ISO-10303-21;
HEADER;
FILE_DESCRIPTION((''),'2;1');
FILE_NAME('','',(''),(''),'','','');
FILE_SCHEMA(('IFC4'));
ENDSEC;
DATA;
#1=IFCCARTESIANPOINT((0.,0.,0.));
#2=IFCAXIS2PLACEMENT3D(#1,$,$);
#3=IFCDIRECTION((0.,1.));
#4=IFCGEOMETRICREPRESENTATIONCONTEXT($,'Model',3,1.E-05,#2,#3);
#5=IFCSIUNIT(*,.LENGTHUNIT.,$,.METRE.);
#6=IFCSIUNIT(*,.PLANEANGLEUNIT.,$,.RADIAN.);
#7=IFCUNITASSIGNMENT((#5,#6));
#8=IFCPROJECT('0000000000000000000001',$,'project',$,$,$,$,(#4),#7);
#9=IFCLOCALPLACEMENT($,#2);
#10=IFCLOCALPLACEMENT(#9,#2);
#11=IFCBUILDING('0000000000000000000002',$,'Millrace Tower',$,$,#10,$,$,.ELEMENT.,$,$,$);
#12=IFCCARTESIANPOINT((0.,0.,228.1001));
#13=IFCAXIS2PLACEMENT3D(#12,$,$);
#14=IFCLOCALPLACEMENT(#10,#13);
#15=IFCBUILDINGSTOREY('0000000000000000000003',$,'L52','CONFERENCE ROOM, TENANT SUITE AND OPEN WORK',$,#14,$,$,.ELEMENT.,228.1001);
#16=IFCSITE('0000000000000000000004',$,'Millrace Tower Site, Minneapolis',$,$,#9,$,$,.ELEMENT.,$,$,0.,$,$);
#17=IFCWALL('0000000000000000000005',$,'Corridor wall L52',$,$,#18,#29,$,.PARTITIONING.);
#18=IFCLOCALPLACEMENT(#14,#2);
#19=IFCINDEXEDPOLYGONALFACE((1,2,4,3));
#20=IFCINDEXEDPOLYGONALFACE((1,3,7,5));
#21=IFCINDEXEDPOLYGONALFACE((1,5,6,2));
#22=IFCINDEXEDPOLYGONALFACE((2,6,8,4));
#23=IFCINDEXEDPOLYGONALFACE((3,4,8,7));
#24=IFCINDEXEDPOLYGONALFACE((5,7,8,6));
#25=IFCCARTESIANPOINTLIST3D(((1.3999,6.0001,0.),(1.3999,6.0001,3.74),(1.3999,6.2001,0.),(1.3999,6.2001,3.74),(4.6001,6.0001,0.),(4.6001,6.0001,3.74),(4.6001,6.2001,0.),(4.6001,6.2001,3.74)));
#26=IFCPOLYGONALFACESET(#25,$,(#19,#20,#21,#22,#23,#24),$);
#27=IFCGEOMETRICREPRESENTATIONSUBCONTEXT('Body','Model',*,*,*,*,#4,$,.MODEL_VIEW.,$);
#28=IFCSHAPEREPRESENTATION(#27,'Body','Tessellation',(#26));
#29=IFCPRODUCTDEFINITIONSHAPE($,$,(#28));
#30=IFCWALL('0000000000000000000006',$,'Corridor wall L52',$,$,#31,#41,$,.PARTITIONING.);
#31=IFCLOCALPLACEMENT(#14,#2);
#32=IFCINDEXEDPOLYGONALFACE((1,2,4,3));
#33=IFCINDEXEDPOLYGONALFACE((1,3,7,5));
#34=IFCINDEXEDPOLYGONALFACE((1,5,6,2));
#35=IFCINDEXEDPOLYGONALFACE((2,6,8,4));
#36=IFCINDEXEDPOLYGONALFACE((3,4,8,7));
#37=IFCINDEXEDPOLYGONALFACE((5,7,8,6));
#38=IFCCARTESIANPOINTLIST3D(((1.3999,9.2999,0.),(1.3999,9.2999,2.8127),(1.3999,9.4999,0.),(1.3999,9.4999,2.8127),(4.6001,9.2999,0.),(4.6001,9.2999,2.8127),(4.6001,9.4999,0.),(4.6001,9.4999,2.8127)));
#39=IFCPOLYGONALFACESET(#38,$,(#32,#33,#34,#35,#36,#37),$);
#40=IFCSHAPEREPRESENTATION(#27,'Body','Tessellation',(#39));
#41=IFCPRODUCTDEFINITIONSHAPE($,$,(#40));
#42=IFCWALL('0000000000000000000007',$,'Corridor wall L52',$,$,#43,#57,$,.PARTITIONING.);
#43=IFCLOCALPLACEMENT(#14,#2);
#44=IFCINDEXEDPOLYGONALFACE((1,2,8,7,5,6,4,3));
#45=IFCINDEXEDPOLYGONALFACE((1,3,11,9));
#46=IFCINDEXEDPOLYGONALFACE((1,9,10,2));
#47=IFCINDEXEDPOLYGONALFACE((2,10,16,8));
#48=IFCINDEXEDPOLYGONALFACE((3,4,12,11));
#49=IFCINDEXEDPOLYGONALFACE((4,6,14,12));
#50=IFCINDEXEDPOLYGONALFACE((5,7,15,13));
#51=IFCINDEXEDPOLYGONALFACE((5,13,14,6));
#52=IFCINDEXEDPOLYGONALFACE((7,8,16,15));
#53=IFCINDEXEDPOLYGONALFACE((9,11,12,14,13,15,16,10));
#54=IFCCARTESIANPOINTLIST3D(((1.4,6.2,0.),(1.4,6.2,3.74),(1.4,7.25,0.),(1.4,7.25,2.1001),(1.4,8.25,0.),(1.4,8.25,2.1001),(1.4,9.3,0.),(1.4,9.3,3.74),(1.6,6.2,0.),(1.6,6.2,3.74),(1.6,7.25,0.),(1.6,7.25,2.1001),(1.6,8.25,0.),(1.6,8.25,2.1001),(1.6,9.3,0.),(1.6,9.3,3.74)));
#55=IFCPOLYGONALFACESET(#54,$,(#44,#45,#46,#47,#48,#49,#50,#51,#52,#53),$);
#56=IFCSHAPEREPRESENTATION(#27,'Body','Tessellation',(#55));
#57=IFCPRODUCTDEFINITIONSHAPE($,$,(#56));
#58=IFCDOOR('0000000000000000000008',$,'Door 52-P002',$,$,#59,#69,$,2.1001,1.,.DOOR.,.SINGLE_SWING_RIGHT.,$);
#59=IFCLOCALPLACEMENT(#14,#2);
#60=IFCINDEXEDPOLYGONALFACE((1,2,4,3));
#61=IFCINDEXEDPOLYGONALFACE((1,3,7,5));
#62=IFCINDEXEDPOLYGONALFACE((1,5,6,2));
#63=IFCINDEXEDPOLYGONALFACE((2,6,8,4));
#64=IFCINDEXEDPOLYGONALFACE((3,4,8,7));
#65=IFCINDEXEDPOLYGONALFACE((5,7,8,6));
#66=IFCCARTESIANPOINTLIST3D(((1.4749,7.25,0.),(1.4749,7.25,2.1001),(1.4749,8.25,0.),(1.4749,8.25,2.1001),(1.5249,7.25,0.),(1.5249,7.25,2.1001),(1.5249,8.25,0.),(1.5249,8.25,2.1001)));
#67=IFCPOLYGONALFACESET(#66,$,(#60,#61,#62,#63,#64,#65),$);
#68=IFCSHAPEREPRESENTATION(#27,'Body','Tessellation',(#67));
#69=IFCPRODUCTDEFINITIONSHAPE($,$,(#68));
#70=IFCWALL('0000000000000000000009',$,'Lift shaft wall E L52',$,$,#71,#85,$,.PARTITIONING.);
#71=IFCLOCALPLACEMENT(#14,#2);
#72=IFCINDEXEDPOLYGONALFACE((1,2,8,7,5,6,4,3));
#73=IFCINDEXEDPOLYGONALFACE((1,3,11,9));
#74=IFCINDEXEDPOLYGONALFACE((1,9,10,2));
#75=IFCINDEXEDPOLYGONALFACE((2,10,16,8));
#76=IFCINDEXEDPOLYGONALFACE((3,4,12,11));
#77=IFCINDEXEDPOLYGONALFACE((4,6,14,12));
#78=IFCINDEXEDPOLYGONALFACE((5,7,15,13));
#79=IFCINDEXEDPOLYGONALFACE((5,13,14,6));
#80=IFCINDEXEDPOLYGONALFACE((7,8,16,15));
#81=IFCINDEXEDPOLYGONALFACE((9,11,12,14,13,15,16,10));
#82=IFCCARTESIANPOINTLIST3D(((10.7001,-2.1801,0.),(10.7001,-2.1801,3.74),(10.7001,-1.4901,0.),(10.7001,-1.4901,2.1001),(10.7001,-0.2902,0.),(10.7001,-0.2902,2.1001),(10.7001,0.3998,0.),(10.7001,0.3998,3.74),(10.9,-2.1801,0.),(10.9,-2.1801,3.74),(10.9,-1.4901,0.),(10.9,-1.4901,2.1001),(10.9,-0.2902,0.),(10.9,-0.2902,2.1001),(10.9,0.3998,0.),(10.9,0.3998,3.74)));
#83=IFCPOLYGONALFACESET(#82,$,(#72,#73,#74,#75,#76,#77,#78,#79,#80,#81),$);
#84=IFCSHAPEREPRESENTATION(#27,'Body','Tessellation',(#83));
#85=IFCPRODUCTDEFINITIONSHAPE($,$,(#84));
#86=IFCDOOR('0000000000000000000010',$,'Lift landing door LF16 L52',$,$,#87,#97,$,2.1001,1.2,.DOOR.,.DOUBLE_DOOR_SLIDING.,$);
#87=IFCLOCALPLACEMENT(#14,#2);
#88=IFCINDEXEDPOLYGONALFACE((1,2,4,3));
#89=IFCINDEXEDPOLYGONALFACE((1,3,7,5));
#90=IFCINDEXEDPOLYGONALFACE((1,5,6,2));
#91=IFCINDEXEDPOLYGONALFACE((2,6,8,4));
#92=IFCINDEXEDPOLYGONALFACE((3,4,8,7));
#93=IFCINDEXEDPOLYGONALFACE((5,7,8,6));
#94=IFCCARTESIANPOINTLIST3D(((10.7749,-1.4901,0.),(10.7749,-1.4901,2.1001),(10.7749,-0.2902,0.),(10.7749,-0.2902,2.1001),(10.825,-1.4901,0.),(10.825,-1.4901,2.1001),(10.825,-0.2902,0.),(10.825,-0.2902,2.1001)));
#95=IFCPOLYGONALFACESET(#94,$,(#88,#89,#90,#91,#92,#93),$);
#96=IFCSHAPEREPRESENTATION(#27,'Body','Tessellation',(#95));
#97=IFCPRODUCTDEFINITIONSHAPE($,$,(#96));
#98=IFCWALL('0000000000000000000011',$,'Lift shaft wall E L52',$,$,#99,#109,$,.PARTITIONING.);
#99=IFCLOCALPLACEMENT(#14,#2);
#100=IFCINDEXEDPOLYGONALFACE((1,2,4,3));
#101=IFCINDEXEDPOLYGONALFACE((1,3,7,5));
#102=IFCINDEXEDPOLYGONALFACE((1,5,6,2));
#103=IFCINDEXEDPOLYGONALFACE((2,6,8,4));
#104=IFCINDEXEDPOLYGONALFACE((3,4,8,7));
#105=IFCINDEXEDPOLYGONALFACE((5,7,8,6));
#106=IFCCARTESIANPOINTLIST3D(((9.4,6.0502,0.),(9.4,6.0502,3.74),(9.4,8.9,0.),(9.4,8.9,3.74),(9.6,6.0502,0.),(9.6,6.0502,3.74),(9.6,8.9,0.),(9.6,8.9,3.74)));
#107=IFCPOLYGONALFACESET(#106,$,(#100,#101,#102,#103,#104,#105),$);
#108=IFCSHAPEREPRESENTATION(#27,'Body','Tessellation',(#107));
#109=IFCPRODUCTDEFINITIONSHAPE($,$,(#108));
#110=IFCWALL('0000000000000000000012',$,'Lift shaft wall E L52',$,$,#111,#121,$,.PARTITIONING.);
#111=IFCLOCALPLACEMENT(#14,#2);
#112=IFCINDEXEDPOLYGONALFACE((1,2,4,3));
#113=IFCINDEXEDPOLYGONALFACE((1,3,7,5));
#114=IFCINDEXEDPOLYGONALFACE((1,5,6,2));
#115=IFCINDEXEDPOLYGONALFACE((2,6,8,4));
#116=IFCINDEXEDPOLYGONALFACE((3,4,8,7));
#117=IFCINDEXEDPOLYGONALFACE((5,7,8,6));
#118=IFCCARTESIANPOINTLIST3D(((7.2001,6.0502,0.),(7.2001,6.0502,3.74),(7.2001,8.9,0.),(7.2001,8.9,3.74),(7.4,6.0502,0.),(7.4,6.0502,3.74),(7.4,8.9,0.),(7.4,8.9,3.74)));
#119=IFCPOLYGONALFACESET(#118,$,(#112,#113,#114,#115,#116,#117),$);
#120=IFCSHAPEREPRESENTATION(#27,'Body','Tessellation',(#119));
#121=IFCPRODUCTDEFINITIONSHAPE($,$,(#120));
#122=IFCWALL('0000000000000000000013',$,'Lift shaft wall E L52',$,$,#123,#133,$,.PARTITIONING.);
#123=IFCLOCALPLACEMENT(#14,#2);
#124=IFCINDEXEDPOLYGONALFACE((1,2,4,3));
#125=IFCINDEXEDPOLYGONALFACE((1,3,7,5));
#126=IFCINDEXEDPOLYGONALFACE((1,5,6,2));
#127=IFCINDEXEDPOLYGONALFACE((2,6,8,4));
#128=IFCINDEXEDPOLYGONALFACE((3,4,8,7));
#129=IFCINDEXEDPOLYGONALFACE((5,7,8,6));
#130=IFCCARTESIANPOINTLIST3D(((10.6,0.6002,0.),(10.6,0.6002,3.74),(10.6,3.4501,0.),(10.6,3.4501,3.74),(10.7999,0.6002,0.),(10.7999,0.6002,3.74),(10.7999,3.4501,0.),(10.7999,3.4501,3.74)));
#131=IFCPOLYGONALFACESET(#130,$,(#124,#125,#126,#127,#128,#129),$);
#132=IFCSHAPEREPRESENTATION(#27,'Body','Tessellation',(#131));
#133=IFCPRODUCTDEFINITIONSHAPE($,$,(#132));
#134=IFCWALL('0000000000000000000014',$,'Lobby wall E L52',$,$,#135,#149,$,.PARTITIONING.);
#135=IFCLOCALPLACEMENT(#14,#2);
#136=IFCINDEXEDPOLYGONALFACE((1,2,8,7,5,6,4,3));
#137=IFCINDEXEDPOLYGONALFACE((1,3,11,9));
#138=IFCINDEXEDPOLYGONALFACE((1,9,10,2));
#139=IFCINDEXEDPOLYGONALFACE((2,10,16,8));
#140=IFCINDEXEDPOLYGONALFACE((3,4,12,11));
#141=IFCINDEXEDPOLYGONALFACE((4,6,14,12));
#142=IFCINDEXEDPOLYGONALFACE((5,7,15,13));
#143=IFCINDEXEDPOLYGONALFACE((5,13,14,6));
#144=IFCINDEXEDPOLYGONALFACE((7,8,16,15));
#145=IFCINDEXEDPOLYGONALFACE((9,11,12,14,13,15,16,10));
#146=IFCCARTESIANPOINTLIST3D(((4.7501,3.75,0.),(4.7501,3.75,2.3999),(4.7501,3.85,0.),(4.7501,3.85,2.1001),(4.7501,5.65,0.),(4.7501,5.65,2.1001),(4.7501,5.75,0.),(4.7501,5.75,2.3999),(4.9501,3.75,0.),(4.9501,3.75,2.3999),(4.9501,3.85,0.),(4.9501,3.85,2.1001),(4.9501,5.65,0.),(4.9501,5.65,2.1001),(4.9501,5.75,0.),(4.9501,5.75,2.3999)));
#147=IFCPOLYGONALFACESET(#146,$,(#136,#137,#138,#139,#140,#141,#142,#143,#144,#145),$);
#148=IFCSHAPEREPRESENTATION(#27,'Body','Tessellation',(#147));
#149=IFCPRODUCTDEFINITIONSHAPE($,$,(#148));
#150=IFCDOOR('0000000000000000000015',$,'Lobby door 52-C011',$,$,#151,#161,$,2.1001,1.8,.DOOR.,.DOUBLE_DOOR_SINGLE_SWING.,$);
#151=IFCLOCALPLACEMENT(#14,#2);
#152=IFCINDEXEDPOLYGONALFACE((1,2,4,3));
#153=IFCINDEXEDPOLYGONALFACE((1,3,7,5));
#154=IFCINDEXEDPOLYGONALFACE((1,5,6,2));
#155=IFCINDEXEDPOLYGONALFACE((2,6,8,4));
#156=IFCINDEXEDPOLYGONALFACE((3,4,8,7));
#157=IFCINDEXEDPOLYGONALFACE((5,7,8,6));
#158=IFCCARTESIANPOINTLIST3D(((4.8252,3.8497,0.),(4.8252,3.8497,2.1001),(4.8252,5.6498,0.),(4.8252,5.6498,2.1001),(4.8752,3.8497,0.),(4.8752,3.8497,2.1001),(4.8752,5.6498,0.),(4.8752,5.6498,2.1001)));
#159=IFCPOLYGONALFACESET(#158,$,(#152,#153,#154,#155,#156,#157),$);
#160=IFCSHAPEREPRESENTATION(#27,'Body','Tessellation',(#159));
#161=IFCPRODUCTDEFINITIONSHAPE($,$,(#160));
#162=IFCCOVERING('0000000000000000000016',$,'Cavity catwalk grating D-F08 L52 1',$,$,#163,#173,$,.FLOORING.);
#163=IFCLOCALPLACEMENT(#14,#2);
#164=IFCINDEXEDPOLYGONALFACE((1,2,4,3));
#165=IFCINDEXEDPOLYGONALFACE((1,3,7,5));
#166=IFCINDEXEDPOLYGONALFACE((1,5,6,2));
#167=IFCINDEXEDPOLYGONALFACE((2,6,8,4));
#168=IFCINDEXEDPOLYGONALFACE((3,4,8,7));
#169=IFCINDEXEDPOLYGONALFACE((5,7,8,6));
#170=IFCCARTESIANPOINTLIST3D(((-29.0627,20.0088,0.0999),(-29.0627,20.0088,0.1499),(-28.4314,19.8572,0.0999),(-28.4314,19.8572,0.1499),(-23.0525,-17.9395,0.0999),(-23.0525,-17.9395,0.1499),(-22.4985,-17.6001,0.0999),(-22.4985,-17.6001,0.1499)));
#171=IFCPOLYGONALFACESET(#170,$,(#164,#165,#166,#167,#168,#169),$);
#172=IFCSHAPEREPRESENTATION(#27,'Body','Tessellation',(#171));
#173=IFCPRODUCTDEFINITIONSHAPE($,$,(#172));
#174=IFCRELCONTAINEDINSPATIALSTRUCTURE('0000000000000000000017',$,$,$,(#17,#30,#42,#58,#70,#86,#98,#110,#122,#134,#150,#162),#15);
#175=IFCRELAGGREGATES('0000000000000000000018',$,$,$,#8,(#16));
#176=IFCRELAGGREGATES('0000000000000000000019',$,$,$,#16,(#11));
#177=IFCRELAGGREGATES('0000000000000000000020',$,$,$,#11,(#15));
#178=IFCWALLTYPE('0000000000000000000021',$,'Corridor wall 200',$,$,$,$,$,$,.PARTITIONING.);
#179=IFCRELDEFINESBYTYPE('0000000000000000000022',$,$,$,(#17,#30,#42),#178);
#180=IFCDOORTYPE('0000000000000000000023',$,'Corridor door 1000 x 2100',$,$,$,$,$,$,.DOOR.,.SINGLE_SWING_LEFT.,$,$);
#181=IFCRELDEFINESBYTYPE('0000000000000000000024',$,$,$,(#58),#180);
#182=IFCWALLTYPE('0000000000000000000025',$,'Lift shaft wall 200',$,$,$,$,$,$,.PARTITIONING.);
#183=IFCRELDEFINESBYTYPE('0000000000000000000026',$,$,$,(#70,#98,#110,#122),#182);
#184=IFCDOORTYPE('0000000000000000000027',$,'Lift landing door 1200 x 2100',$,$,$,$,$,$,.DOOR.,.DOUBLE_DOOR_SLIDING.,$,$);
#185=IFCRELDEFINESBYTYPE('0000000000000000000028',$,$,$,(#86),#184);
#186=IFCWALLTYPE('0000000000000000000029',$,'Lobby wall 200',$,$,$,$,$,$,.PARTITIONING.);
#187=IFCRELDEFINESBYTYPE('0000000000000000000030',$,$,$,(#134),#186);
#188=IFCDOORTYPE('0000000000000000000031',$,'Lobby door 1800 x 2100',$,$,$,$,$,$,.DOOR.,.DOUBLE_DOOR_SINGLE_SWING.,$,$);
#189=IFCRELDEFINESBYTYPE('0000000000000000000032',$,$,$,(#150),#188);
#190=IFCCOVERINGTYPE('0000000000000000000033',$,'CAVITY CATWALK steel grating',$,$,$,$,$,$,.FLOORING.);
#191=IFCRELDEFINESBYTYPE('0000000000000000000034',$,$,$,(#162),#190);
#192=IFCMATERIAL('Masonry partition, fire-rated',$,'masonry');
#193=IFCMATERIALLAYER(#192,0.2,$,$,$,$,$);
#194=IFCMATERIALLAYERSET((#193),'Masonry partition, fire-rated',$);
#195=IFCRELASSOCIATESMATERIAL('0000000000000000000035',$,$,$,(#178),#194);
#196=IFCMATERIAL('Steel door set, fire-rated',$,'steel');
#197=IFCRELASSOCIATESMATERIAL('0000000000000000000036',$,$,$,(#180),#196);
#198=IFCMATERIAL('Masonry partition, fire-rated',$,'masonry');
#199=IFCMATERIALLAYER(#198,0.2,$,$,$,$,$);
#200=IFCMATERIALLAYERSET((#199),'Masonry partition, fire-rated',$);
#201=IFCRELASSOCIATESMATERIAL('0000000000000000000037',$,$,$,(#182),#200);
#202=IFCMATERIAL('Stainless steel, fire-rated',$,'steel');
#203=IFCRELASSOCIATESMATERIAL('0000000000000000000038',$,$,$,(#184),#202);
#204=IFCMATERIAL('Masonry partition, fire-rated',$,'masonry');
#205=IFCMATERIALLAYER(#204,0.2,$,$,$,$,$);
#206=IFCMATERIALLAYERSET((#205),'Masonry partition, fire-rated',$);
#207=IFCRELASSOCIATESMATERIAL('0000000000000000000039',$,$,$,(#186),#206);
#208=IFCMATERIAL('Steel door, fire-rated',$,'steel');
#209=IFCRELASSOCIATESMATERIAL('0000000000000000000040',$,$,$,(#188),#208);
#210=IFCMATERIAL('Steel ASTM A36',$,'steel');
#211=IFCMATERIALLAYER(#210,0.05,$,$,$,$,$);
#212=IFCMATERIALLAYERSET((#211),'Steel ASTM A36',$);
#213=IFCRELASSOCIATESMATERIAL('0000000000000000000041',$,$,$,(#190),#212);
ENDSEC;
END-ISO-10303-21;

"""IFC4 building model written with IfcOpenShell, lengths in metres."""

from ifc_helpers import new_model, si_unit, direction, frame, frame_2d, origin, place, context, subcontext, project, spatial, polyline, rectangle, outline, extrude, material, layer, layer_set, type_object, element, fill, save


model = new_model("IFC4")

# Units and contexts
model_context = context("Model", 3, precision=1e-05, world=origin(), true_north=direction((0.0, 1.0)))
body_context = subcontext(model_context, "Body", "Model", "MODEL_VIEW")
ifc_project = project(units=[si_unit("LENGTHUNIT", "METRE"), si_unit("PLANEANGLEUNIT", "RADIAN")], contexts=[model_context])

# Site, building, storey
site_placement = place(None, origin())
site = spatial("IfcSite", under=ifc_project, at=site_placement, Name="Millrace Tower Site, Minneapolis", CompositionType="ELEMENT", RefElevation=0.0)
building_placement = place(site_placement, origin())
building = spatial("IfcBuilding", under=site, at=building_placement, Name="Millrace Tower", CompositionType="ELEMENT")
storey_placement = place(building_placement, frame((0.0, 0.0, 228.1001)))
storey = spatial("IfcBuildingStorey", under=building, at=storey_placement, Name="L52", Description="CONFERENCE ROOM, TENANT SUITE AND OPEN WORK", CompositionType="ELEMENT", Elevation=228.1001)

# Walls
ifc_material_1 = material(Name="Masonry partition, fire-rated", Category="masonry")
ifc_layer_1 = layer(ifc_material_1, 0.2)
ifc_layer_set_1 = layer_set([ifc_layer_1], Name="Masonry partition, fire-rated")
wall_type_1 = type_object("IfcWallType", Name="Corridor wall 200", PredefinedType="PARTITIONING", material=ifc_layer_set_1)
wall_1_placement = place(storey_placement, frame((1.3999, 6.1001, 0.0), z_axis=(0.0, 0.0, 1.0), x_axis=(1.0, 0.0, 0.0)))
element("IfcWall", 1, at=wall_1_placement, inside=storey, type_object=wall_type_1, Name="Corridor wall L52", PredefinedType="PARTITIONING", context=body_context, shape_type="SweptSolid", body=[
    extrude(rectangle(XDim=3.2002, YDim=0.2, at=frame_2d((1.6001, 0.0))), origin(), (0.0, 0.0, 1.0), 3.74),
])
wall_2_placement = place(storey_placement, frame((1.3999, 9.3999, 0.0), z_axis=(0.0, 0.0, 1.0), x_axis=(1.0, 0.0, 0.0)))
element("IfcWall", 2, at=wall_2_placement, inside=storey, type_object=wall_type_1, Name="Corridor wall L52", PredefinedType="PARTITIONING", context=body_context, shape_type="SweptSolid", body=[
    extrude(rectangle(XDim=3.2002, YDim=0.2, at=frame_2d((1.6001, 0.0))), origin(), (0.0, 0.0, 1.0), 2.8127),
])

# Walls, openings, doors
wall_3_placement = place(storey_placement, frame((1.5, 6.2, 0.0), z_axis=(0.0, 0.0, 1.0), x_axis=(0.0, 1.0, 0.0)))
wall_3 = element("IfcWall", 3, at=wall_3_placement, inside=storey, type_object=wall_type_1, Name="Corridor wall L52", PredefinedType="PARTITIONING", context=body_context, shape_type="SweptSolid", body=[
    extrude(rectangle(XDim=3.1001, YDim=0.2, at=frame_2d((1.55, 0.0))), origin(), (0.0, 0.0, 1.0), 3.74),
])
opening_1_placement = place(wall_3_placement, frame((1.05, 0.0, 0.0)))
opening_1 = element("IfcOpeningElement", 4, at=opening_1_placement, cuts=wall_3, PredefinedType="OPENING", context=body_context, shape_type="SweptSolid", body=[
    extrude(rectangle(XDim=1.0, YDim=2.1001, at=frame_2d((0.5, 1.05))), frame((0.0, 0.1099, 0.0), z_axis=(0.0, -1.0, 0.0), x_axis=(1.0, 0.0, 0.0)), (0.0, 0.0, 1.0), 0.22),
])
ifc_material_2 = material(Name="Steel door set, fire-rated", Category="steel")
door_type_1 = type_object("IfcDoorType", Name="Corridor door 1000 x 2100", OperationType="SINGLE_SWING_LEFT", PredefinedType="DOOR", material=ifc_material_2)
door_1_placement = place(opening_1_placement, frame((1.0, 0.0, 0.0), z_axis=(0.0, 0.0, 1.0), x_axis=(-1.0, 0.0, 0.0)))
door_1 = element("IfcDoor", 5, at=door_1_placement, inside=storey, type_object=door_type_1, Name="Door 52-P002", OperationType="SINGLE_SWING_RIGHT", OverallHeight=2.1001, OverallWidth=1.0, PredefinedType="DOOR", context=body_context, shape_type="SweptSolid", body=[
    extrude(rectangle(XDim=1.0, YDim=2.1001, at=frame_2d((0.5, 1.05))), frame((0.0, 0.0249, 0.0), z_axis=(0.0, -1.0, 0.0), x_axis=(1.0, 0.0, 0.0)), (0.0, 0.0, 1.0), 0.05),
])
fill(opening_1, door_1)
ifc_material_3 = material(Name="Masonry partition, fire-rated", Category="masonry")
ifc_layer_2 = layer(ifc_material_3, 0.2)
ifc_layer_set_2 = layer_set([ifc_layer_2], Name="Masonry partition, fire-rated")
wall_type_2 = type_object("IfcWallType", Name="Lift shaft wall 200", PredefinedType="PARTITIONING", material=ifc_layer_set_2)
wall_4_placement = place(storey_placement, frame((10.8, 0.3999, 0.0), z_axis=(0.0, 0.0, 1.0), x_axis=(0.0, -1.0, 0.0)))
wall_4 = element("IfcWall", 6, at=wall_4_placement, inside=storey, type_object=wall_type_2, Name="Lift shaft wall E L52", PredefinedType="PARTITIONING", context=body_context, shape_type="SweptSolid", body=[
    extrude(rectangle(XDim=2.5798, YDim=0.2, at=frame_2d((1.29, 0.0))), origin(), (0.0, 0.0, 1.0), 3.74),
])
opening_2_placement = place(wall_4_placement, frame((0.6899, 0.0, 0.0)))
opening_2 = element("IfcOpeningElement", 7, at=opening_2_placement, cuts=wall_4, PredefinedType="OPENING", context=body_context, shape_type="SweptSolid", body=[
    extrude(rectangle(XDim=1.2, YDim=2.1001, at=frame_2d((0.6001, 1.05))), frame((0.0, 0.1099, 0.0), z_axis=(0.0, -1.0, 0.0), x_axis=(1.0, 0.0, 0.0)), (0.0, 0.0, 1.0), 0.22),
])
ifc_material_4 = material(Name="Stainless steel, fire-rated", Category="steel")
door_type_2 = type_object("IfcDoorType", Name="Lift landing door 1200 x 2100", OperationType="DOUBLE_DOOR_SLIDING", PredefinedType="DOOR", material=ifc_material_4)
door_2_placement = place(opening_2_placement, origin())
door_2 = element("IfcDoor", 8, at=door_2_placement, inside=storey, type_object=door_type_2, Name="Lift landing door LF16 L52", OperationType="DOUBLE_DOOR_SLIDING", OverallHeight=2.1001, OverallWidth=1.2, PredefinedType="DOOR", context=body_context, shape_type="SweptSolid", body=[
    extrude(rectangle(XDim=1.2, YDim=2.1001, at=frame_2d((0.6001, 1.05))), frame((0.0, 0.0249, 0.0), z_axis=(0.0, -1.0, 0.0), x_axis=(1.0, 0.0, 0.0)), (0.0, 0.0, 1.0), 0.05),
])
fill(opening_2, door_2)

# Walls
for number, where, z_axis, x_axis, name in (
    (9, (9.5, 8.8999, 0.0), (0.0, 0.0, 1.0), (0.0, -1.0, 0.0), "Lift shaft wall E L52"),
    (10, (7.3, 8.8999, 0.0), (0.0, 0.0, 1.0), (0.0, -1.0, 0.0), "Lift shaft wall E L52"),
    (11, (10.7, 3.45, 0.0), (0.0, 0.0, 1.0), (0.0, -1.0, 0.0), "Lift shaft wall E L52"),
):
    element("IfcWall", number, at=place(storey_placement, frame(where, z_axis=z_axis, x_axis=x_axis)), inside=storey, type_object=wall_type_2, Name=name, PredefinedType="PARTITIONING", context=body_context, shape_type="SweptSolid", body=[
        extrude(rectangle(XDim=2.8499, YDim=0.2, at=frame_2d((1.4248, 0.0))), origin(), (0.0, 0.0, 1.0), 3.74),
    ])

# Wall, opening, door
ifc_material_5 = material(Name="Masonry partition, fire-rated", Category="masonry")
ifc_layer_3 = layer(ifc_material_5, 0.2)
ifc_layer_set_3 = layer_set([ifc_layer_3], Name="Masonry partition, fire-rated")
wall_type_3 = type_object("IfcWallType", Name="Lobby wall 200", PredefinedType="PARTITIONING", material=ifc_layer_set_3)
wall_5_placement = place(storey_placement, frame((4.8501, 5.75, 0.0), z_axis=(0.0, 0.0, 1.0), x_axis=(0.0, -1.0, 0.0)))
wall_5 = element("IfcWall", 12, at=wall_5_placement, inside=storey, type_object=wall_type_3, Name="Lobby wall E L52", PredefinedType="PARTITIONING", context=body_context, shape_type="SweptSolid", body=[
    extrude(rectangle(XDim=2.0, YDim=0.2, at=frame_2d((1.0, 0.0))), origin(), (0.0, 0.0, 1.0), 2.3999),
])
opening_3_placement = place(wall_5_placement, frame((0.1001, 0.0, 0.0)))
opening_3 = element("IfcOpeningElement", 13, at=opening_3_placement, cuts=wall_5, PredefinedType="OPENING", context=body_context, shape_type="SweptSolid", body=[
    extrude(rectangle(XDim=1.8, YDim=2.1001, at=frame_2d((0.8999, 1.05))), frame((0.0, 0.1099, 0.0), z_axis=(0.0, -1.0, 0.0), x_axis=(1.0, 0.0, 0.0)), (0.0, 0.0, 1.0), 0.22),
])
ifc_material_6 = material(Name="Steel door, fire-rated", Category="steel")
door_type_3 = type_object("IfcDoorType", Name="Lobby door 1800 x 2100", OperationType="DOUBLE_DOOR_SINGLE_SWING", PredefinedType="DOOR", material=ifc_material_6)
door_3_placement = place(opening_3_placement, frame((1.8, 0.0, 0.0), z_axis=(0.0, 0.0, 1.0), x_axis=(-1.0, 0.0, 0.0)))
door_3 = element("IfcDoor", 14, at=door_3_placement, inside=storey, type_object=door_type_3, Name="Lobby door 52-C011", OperationType="DOUBLE_DOOR_SINGLE_SWING", OverallHeight=2.1001, OverallWidth=1.8, PredefinedType="DOOR", context=body_context, shape_type="SweptSolid", body=[
    extrude(rectangle(XDim=1.8, YDim=2.1001, at=frame_2d((0.8999, 1.05))), frame((0.0, 0.0249, 0.0), z_axis=(0.0, -1.0, 0.0), x_axis=(1.0, 0.0, 0.0)), (0.0, 0.0, 1.0), 0.05),
])
fill(opening_3, door_3)

# Covering
ifc_material_7 = material(Name="Steel ASTM A36", Category="steel")
ifc_layer_4 = layer(ifc_material_7, 0.05)
ifc_layer_set_4 = layer_set([ifc_layer_4], Name="Steel ASTM A36")
covering_type = type_object("IfcCoveringType", Name="CAVITY CATWALK steel grating", PredefinedType="FLOORING", material=ifc_layer_set_4)
covering_placement = place(storey_placement, frame((0.0, 0.0, 0.0999)))
element("IfcCovering", 15, at=covering_placement, inside=storey, type_object=covering_type, Name="Cavity catwalk grating D-F08 L52 1", PredefinedType="FLOORING", context=body_context, shape_type="SweptSolid", body=[
    extrude(outline(polyline([(-29.0627, 20.0088), (-23.0525, -17.9395), (-22.4985, -17.6001), (-28.4314, 19.8572), (-29.0627, 20.0088)])), origin(), (0.0, 0.0, 1.0), 0.05),
])

save(model, "model.ifc")
